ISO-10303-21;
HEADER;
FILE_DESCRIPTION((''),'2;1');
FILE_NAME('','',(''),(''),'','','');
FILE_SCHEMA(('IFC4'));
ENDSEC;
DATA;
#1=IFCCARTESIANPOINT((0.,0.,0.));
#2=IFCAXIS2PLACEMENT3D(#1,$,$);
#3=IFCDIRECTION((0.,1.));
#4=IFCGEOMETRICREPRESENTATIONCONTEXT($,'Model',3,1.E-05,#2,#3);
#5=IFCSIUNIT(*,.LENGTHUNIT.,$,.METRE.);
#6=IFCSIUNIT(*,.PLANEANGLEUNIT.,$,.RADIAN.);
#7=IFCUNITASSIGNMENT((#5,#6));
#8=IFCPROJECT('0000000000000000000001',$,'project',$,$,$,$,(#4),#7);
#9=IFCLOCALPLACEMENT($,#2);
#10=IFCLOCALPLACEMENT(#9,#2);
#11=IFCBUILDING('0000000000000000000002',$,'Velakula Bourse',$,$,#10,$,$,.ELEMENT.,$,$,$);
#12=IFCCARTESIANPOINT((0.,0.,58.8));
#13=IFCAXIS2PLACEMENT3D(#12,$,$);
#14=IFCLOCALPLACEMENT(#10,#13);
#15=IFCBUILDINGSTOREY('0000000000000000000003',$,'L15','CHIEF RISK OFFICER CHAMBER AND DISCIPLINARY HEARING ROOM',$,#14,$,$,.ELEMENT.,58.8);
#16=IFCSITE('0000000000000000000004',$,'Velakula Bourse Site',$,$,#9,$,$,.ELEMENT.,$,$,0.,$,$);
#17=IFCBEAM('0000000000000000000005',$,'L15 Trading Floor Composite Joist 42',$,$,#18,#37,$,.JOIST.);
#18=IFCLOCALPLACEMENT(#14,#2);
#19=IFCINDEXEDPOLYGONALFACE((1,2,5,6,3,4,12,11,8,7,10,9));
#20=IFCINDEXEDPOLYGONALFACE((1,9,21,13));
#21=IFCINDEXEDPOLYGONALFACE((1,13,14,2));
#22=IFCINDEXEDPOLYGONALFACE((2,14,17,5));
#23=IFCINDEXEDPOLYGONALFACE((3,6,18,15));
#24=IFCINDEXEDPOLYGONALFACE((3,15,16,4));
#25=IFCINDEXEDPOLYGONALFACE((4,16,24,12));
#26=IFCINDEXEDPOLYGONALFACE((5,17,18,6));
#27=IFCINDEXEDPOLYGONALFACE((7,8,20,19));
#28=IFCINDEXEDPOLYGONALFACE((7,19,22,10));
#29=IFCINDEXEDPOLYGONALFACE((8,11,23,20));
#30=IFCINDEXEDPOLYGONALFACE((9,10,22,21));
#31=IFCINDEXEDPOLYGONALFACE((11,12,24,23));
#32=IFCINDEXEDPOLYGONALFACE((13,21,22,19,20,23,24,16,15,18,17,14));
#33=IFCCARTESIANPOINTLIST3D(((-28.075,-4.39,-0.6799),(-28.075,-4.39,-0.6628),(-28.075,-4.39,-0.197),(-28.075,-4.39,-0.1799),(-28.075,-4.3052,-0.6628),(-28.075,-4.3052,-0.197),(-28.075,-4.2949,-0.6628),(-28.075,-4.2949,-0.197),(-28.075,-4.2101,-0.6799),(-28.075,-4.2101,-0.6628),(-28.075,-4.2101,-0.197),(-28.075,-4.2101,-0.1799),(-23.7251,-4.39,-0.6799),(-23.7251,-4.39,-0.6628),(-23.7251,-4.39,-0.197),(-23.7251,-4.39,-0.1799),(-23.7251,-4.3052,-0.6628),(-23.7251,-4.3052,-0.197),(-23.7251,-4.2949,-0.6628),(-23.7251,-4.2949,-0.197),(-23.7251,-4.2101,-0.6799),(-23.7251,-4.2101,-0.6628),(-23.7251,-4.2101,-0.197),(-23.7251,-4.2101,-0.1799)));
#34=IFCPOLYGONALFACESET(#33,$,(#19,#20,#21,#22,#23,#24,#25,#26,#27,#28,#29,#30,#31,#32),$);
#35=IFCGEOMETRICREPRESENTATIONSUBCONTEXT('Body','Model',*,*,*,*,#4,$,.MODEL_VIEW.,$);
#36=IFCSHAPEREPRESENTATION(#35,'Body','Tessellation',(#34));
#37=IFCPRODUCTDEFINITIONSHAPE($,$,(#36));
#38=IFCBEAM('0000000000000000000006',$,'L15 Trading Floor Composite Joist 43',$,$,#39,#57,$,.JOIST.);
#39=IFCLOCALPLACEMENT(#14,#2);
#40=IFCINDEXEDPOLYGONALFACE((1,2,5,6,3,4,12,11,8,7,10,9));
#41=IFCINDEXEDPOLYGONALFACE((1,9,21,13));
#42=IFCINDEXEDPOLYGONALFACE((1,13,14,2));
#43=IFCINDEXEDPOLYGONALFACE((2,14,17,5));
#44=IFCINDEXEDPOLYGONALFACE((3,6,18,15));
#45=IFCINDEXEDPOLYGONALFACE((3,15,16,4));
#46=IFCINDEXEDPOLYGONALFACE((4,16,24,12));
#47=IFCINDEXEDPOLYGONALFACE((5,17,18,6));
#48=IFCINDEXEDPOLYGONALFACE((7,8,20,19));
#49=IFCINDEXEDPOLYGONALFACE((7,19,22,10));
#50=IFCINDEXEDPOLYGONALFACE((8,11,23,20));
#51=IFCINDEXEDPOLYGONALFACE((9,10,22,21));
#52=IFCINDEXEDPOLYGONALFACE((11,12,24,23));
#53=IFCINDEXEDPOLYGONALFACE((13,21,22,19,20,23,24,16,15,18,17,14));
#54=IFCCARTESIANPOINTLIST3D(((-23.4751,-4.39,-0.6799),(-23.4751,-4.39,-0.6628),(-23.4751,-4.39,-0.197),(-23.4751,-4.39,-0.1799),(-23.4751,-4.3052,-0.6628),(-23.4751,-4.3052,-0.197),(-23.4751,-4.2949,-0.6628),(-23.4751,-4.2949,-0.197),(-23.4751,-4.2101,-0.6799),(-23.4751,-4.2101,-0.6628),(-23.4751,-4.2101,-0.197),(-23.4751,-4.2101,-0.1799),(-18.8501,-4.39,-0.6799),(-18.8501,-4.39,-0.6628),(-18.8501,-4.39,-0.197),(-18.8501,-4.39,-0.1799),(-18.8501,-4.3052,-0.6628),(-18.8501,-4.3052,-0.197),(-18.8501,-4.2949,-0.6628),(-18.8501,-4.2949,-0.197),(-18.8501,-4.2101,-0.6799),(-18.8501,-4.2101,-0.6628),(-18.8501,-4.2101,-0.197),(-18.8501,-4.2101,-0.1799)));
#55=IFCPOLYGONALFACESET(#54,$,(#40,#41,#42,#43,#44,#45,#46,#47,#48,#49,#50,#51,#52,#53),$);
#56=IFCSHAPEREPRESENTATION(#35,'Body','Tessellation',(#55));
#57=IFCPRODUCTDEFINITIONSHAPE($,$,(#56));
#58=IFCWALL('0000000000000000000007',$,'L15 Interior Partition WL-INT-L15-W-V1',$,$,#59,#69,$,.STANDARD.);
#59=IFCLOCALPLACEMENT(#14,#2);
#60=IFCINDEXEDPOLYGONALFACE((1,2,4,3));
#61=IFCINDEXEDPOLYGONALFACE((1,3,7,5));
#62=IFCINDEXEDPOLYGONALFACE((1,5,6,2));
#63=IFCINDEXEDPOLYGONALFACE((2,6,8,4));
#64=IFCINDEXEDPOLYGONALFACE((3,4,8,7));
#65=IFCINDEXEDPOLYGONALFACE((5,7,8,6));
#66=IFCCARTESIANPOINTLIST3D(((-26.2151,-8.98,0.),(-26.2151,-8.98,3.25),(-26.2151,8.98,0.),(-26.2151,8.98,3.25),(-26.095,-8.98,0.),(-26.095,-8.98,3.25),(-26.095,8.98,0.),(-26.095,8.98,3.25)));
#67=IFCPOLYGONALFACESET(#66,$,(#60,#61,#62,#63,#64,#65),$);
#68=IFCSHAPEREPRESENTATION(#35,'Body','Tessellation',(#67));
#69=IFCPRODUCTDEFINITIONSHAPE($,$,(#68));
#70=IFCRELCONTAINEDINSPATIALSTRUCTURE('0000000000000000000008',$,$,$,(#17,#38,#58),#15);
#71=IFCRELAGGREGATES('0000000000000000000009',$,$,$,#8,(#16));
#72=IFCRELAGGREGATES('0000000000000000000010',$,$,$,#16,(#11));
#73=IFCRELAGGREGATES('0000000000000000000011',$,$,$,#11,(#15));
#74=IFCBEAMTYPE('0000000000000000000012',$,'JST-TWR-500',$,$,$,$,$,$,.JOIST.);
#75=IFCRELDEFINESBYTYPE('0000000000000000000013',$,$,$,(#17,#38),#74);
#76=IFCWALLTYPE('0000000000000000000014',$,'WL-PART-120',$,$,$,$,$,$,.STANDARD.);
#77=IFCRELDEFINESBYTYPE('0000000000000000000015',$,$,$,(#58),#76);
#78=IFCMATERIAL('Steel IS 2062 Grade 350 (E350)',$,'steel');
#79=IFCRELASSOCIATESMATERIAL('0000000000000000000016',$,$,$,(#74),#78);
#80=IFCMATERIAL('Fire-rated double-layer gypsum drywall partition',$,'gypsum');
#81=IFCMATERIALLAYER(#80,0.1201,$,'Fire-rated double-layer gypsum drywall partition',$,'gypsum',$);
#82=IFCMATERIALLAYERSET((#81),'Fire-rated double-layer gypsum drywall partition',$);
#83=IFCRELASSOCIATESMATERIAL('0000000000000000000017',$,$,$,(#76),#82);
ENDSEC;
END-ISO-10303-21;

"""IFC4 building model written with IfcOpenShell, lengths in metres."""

from ifc_helpers import new_model, si_unit, direction, frame, frame_2d, origin, origin_2d, place, context, subcontext, project, spatial, rectangle, i_section, extrude, material, layer, layer_set, material_profile, profile_set, type_object, element, save


model = new_model("IFC4")

# Units and contexts
model_context = context("Model", 3, precision=1e-05, world=origin(), true_north=direction((0.0, 1.0)))
body_context = subcontext(model_context, "Body", "Model", "MODEL_VIEW")
ifc_project = project(units=[si_unit("LENGTHUNIT", "METRE"), si_unit("PLANEANGLEUNIT", "RADIAN")], contexts=[model_context])

# Site, building, storey
site_placement = place(None, origin())
site = spatial("IfcSite", under=ifc_project, at=site_placement, Name="Velakula Bourse Site", CompositionType="ELEMENT", RefElevation=0.0)
building_placement = place(site_placement, origin())
building = spatial("IfcBuilding", under=site, at=building_placement, Name="Velakula Bourse", CompositionType="ELEMENT")
storey_placement = place(building_placement, frame((0.0, 0.0, 58.8)))
storey = spatial("IfcBuildingStorey", under=building, at=storey_placement, Name="L15", Description="CHIEF RISK OFFICER CHAMBER AND DISCIPLINARY HEARING ROOM", CompositionType="ELEMENT", Elevation=58.8)

# Beams
ifc_material_1 = material(Name="Steel IS 2062 Grade 350 (E350)", Category="steel")
ifc_material_profile_1 = material_profile(ifc_material_1, i_section(OverallWidth=0.1799, OverallDepth=0.5, WebThickness=0.0103, FlangeThickness=0.0171, at=origin_2d()), Name="Steel IS 2062 Grade 350 (E350)")
ifc_profile_set_1 = profile_set([ifc_material_profile_1], Name="Steel IS 2062 Grade 350 (E350)")
beam_type_1 = type_object("IfcBeamType", Name="JST-TWR-500", PredefinedType="JOIST", material=ifc_profile_set_1)
beam_1_placement = place(storey_placement, frame((-28.075, -4.3, -0.4299), z_axis=(1.0, 0.0, 0.0), x_axis=(0.0, 1.0, 0.0)))
element("IfcBeam", 1, at=beam_1_placement, inside=storey, type_object=beam_type_1, Name="L15 Trading Floor Composite Joist 42", PredefinedType="JOIST", context=body_context, shape_type="SweptSolid", body=[
    extrude(i_section(OverallWidth=0.1799, OverallDepth=0.5, WebThickness=0.0103, FlangeThickness=0.0171, at=origin_2d()), origin(), (0.0, 0.0, 1.0), 4.3499),
])
beam_2_placement = place(storey_placement, frame((-23.4751, -4.3, -0.4299), z_axis=(1.0, 0.0, 0.0), x_axis=(0.0, 1.0, 0.0)))
element("IfcBeam", 2, at=beam_2_placement, inside=storey, type_object=beam_type_1, Name="L15 Trading Floor Composite Joist 43", PredefinedType="JOIST", context=body_context, shape_type="SweptSolid", body=[
    extrude(i_section(OverallWidth=0.1799, OverallDepth=0.5, WebThickness=0.0103, FlangeThickness=0.0171, at=origin_2d()), origin(), (0.0, 0.0, 1.0), 4.625),
])

# Wall
ifc_material_2 = material(Name="Fire-rated double-layer gypsum drywall partition", Category="gypsum")
ifc_layer = layer(ifc_material_2, 0.1201, Name="Fire-rated double-layer gypsum drywall partition", Category="gypsum")
ifc_layer_set = layer_set([ifc_layer], Name="Fire-rated double-layer gypsum drywall partition")
wall_type = type_object("IfcWallType", Name="WL-PART-120", PredefinedType="STANDARD", material=ifc_layer_set)
wall_placement = place(storey_placement, frame((-26.155, -8.98, 0.0), z_axis=(0.0, 0.0, 1.0), x_axis=(0.0, 1.0, 0.0)))
element("IfcWall", 3, at=wall_placement, inside=storey, type_object=wall_type, Name="L15 Interior Partition WL-INT-L15-W-V1", PredefinedType="STANDARD", context=body_context, shape_type="SweptSolid", body=[
    extrude(rectangle(XDim=17.96, YDim=0.1201, at=frame_2d((8.98, 0.0))), origin(), (0.0, 0.0, 1.0), 3.25),
])

save(model, "model.ifc")
